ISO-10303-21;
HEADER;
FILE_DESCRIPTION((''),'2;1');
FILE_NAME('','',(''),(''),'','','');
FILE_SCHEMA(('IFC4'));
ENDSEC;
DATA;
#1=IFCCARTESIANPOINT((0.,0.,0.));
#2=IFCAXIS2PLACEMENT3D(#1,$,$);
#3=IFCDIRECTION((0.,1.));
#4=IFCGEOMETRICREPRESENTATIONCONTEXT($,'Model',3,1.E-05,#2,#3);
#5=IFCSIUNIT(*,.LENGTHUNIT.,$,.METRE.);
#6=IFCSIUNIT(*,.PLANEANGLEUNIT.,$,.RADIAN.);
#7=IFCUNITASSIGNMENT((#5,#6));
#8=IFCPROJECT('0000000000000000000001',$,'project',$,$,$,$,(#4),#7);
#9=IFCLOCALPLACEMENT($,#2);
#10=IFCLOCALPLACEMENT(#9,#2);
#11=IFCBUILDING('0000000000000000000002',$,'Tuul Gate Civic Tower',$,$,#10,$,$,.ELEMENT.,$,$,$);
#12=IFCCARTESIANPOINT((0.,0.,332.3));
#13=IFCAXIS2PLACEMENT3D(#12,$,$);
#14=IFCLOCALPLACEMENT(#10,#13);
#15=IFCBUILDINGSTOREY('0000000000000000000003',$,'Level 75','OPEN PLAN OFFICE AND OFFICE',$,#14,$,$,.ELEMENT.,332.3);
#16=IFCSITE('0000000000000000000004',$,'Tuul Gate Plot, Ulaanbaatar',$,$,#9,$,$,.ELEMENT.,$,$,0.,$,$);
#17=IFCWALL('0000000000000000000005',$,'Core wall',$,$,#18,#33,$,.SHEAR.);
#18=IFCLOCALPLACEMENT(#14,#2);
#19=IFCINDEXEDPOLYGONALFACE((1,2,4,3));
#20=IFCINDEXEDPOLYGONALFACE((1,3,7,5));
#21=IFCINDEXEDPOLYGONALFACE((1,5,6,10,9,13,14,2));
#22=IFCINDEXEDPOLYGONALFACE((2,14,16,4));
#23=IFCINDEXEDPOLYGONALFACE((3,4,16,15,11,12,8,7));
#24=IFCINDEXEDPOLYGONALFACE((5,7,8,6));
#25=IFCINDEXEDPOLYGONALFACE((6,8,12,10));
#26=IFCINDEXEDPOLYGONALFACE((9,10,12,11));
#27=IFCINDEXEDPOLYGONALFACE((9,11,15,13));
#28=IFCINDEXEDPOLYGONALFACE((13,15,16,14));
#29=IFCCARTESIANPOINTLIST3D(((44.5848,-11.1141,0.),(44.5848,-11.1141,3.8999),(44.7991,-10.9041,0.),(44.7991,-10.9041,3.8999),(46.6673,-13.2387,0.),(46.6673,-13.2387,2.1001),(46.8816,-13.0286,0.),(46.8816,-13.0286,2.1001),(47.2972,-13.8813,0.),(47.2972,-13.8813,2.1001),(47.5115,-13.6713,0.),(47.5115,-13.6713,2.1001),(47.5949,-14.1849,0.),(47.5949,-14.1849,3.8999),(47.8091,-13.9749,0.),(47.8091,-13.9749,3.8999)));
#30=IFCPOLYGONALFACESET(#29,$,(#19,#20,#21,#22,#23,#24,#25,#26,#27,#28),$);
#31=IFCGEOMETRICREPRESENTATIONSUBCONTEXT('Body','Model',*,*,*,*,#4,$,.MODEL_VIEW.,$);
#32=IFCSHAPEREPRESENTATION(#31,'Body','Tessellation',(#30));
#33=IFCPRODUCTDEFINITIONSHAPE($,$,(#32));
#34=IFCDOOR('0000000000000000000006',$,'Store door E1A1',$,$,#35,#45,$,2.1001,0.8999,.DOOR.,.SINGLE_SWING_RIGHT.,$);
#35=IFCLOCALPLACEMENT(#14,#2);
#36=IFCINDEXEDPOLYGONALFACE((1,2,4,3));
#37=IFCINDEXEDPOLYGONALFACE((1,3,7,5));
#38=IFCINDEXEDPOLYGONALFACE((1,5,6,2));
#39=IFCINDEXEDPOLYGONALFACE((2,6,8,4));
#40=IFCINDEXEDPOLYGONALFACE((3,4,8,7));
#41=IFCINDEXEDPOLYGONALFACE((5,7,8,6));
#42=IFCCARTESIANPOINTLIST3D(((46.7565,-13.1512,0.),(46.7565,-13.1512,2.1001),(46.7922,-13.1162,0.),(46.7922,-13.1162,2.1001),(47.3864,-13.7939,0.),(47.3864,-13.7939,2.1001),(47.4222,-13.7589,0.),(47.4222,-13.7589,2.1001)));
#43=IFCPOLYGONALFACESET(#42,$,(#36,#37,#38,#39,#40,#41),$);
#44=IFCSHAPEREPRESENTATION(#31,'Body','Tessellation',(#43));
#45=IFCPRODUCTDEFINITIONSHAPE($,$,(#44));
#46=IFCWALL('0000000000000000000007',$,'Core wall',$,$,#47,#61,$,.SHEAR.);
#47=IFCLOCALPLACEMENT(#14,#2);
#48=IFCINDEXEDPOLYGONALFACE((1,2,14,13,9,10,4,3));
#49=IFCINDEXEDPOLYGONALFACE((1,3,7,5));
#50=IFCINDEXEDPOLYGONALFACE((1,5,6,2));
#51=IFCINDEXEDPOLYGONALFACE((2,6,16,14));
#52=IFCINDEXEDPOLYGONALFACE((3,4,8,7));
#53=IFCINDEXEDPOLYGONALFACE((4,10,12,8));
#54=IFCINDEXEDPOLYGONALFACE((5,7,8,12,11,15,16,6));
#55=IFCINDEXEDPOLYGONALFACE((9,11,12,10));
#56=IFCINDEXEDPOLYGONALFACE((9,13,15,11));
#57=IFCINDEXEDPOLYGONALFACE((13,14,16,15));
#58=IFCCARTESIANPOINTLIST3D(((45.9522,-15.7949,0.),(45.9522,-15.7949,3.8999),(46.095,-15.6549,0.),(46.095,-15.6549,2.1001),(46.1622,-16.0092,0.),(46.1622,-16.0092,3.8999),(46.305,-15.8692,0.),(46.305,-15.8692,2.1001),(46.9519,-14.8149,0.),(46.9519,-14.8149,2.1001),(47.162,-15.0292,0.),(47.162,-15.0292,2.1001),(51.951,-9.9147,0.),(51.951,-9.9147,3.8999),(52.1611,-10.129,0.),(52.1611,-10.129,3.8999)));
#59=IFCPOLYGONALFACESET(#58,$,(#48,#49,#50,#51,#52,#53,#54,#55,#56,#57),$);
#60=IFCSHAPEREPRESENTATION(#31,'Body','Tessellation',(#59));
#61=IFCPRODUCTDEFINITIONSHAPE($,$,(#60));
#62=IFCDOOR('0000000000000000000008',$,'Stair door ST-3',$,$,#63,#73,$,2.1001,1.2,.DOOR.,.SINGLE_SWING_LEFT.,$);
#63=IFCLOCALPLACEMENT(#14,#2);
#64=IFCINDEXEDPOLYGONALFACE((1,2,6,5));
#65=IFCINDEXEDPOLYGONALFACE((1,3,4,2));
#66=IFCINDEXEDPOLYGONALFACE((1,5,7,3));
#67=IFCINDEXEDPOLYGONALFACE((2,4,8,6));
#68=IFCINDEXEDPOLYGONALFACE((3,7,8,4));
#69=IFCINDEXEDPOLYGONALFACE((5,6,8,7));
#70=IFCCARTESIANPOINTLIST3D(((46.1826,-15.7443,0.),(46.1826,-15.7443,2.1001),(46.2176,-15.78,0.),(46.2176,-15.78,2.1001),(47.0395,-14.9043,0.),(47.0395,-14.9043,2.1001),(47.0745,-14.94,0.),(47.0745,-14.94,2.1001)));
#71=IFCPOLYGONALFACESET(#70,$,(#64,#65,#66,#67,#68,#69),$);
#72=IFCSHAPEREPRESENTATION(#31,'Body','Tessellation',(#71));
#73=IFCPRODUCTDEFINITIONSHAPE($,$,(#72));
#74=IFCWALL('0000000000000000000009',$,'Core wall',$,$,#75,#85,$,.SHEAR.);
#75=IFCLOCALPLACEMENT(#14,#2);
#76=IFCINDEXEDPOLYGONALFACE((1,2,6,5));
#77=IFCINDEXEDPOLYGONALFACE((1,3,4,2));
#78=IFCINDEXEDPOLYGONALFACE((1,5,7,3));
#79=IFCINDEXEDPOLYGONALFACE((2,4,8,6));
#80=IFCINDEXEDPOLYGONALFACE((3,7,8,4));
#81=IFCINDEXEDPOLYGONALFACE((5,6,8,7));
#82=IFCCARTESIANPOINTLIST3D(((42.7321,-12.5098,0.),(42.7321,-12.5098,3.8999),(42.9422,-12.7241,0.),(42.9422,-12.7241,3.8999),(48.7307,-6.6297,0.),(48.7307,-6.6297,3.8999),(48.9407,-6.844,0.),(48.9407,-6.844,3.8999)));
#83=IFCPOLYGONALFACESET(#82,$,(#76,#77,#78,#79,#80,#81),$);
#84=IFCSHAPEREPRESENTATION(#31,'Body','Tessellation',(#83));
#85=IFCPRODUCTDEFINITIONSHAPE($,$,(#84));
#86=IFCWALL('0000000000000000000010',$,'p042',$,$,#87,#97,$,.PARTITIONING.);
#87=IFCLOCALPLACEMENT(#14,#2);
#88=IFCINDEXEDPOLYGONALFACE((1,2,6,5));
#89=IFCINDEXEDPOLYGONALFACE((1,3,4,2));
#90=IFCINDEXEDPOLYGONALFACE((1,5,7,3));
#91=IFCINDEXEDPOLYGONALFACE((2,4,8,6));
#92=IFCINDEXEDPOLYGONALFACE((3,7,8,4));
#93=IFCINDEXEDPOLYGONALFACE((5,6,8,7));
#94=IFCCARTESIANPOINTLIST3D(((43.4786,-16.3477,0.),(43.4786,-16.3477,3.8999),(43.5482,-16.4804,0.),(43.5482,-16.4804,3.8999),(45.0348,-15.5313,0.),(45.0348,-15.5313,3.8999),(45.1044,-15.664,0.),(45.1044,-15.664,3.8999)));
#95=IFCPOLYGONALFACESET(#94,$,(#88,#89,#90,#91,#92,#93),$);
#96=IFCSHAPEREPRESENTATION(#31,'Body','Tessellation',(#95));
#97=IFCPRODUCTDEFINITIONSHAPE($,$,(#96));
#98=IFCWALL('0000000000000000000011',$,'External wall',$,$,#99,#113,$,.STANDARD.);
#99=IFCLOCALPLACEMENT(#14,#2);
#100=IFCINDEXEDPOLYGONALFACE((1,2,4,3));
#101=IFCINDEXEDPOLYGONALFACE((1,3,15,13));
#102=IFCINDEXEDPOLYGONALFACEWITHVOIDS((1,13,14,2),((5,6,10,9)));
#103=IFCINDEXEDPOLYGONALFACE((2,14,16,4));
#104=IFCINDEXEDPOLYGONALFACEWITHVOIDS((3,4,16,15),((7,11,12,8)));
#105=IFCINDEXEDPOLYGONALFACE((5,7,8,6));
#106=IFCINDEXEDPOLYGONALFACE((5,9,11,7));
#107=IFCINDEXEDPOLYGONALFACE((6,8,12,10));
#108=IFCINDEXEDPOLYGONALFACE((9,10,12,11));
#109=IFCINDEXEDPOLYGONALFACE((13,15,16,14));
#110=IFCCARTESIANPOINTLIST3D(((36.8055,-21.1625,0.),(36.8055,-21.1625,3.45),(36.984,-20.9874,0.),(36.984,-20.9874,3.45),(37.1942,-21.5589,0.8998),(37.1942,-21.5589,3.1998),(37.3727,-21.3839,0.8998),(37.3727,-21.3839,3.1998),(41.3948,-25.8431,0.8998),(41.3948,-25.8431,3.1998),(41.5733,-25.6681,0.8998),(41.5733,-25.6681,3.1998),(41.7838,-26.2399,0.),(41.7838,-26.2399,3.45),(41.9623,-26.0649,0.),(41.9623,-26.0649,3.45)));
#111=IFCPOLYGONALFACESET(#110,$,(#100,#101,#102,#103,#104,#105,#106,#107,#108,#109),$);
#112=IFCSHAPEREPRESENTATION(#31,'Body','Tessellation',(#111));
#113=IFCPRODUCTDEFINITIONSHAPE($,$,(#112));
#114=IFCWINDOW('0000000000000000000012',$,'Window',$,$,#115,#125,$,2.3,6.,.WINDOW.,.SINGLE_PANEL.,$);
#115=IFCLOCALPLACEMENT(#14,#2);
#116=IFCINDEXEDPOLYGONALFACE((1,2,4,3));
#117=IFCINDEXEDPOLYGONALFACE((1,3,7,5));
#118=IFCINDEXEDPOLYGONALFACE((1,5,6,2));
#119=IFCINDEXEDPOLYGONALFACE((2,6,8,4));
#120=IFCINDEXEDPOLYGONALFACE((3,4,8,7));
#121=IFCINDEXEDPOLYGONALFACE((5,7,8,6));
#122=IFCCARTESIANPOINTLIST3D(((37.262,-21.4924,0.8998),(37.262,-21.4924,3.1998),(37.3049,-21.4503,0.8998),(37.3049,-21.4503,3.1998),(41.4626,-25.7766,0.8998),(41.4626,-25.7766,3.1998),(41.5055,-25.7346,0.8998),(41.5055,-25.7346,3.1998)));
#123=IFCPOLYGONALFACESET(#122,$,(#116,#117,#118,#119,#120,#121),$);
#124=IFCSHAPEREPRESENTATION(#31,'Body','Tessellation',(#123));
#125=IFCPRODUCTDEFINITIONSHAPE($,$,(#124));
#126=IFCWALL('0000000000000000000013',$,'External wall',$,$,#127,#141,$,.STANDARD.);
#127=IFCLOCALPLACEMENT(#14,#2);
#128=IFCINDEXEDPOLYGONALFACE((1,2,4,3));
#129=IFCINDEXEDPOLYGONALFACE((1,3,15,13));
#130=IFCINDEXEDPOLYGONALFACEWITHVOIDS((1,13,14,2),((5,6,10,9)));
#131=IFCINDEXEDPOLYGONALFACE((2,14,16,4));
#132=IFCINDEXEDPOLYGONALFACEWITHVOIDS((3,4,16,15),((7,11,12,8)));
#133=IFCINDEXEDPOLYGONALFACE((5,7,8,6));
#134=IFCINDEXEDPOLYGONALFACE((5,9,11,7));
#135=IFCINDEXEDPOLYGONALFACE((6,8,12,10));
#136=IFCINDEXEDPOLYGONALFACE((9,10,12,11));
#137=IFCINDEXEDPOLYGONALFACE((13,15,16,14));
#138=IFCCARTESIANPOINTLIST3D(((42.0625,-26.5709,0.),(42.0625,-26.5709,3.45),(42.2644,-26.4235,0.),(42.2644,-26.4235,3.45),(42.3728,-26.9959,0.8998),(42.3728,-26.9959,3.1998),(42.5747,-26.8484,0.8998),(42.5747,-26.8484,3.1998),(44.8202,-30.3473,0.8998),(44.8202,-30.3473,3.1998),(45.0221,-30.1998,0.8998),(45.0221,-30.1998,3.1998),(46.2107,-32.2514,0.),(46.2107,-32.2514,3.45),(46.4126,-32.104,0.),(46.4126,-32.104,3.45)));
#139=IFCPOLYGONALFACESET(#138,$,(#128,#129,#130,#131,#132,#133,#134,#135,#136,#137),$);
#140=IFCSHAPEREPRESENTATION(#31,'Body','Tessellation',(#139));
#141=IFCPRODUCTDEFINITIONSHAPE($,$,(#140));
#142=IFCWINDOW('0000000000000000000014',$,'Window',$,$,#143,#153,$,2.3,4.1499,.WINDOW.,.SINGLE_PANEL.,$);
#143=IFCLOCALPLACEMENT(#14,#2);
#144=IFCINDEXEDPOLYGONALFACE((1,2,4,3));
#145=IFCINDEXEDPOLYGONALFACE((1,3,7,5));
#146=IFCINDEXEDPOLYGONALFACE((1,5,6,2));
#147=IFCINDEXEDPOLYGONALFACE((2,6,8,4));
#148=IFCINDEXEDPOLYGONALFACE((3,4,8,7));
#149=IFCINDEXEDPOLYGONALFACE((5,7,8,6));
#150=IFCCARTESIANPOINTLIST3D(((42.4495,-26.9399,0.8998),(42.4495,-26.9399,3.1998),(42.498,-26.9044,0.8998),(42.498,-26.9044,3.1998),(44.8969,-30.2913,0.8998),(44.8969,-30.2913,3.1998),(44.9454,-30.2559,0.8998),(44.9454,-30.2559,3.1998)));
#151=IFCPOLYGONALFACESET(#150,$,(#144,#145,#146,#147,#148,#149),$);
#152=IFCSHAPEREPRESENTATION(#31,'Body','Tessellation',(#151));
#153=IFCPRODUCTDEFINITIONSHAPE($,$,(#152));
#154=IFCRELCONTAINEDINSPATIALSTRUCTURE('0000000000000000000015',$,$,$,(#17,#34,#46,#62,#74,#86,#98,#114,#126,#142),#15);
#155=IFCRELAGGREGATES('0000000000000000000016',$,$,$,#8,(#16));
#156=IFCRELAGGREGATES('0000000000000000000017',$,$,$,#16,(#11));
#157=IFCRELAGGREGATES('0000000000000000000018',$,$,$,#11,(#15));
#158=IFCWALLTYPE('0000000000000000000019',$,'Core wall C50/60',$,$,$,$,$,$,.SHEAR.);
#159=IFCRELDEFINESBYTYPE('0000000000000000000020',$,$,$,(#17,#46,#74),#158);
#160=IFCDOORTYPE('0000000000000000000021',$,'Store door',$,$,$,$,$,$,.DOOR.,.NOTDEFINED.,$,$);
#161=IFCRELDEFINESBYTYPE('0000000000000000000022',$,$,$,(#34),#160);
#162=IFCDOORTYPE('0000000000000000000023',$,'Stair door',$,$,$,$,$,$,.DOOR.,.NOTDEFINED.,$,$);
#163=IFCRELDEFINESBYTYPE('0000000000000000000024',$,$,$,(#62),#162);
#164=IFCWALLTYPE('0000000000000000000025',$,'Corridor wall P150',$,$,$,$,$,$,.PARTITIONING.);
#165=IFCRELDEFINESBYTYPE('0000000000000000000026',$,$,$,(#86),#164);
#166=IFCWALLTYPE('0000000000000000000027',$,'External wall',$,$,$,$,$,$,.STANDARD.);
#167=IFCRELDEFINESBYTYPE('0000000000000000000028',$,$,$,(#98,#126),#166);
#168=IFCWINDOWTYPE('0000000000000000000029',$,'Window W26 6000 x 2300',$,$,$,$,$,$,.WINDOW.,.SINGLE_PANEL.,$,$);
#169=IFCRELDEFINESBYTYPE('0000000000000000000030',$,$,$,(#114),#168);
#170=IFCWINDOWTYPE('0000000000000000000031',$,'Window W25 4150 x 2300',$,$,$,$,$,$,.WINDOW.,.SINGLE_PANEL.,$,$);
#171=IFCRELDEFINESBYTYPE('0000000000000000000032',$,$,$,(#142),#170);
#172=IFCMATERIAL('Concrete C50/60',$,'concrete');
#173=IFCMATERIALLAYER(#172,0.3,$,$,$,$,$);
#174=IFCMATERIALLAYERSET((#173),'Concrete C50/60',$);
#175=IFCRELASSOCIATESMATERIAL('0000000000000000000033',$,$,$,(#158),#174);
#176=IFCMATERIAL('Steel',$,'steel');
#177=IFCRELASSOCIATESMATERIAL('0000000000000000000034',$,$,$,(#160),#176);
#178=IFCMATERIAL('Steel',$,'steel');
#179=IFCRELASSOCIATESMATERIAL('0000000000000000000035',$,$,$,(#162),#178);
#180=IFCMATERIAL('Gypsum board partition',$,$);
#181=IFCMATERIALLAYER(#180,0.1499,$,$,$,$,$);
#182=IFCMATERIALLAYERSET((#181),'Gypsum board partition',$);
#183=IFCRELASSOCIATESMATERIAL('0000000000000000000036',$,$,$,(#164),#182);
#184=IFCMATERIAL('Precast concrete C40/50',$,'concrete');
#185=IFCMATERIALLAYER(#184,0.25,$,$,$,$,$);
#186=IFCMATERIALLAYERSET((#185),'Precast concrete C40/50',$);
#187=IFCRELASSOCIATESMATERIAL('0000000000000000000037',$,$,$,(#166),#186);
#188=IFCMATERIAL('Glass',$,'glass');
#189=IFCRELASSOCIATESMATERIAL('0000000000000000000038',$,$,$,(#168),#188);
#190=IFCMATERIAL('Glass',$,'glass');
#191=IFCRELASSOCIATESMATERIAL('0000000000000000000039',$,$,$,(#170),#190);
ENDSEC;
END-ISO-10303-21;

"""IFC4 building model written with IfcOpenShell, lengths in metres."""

from ifc_helpers import new_model, si_unit, direction, frame, frame_2d, origin, place, context, subcontext, project, spatial, rectangle, extrude, material, layer, layer_set, type_object, element, fill, save


model = new_model("IFC4")

# Units and contexts
model_context = context("Model", 3, precision=1e-05, world=origin(), true_north=direction((0.0, 1.0)))
body_context = subcontext(model_context, "Body", "Model", "MODEL_VIEW")
ifc_project = project(units=[si_unit("LENGTHUNIT", "METRE"), si_unit("PLANEANGLEUNIT", "RADIAN")], contexts=[model_context])

# Site, building, storey
site_placement = place(None, origin())
site = spatial("IfcSite", under=ifc_project, at=site_placement, Name="Tuul Gate Plot, Ulaanbaatar", CompositionType="ELEMENT", RefElevation=0.0)
building_placement = place(site_placement, origin())
building = spatial("IfcBuilding", under=site, at=building_placement, Name="Tuul Gate Civic Tower", CompositionType="ELEMENT")
storey_placement = place(building_placement, frame((0.0, 0.0, 332.3)))
storey = spatial("IfcBuildingStorey", under=building, at=storey_placement, Name="Level 75", Description="OPEN PLAN OFFICE AND OFFICE", CompositionType="ELEMENT", Elevation=332.3)

# Walls, openings, doors
ifc_material_1 = material(Name="Concrete C50/60", Category="concrete")
ifc_layer_1 = layer(ifc_material_1, 0.3)
ifc_layer_set_1 = layer_set([ifc_layer_1], Name="Concrete C50/60")
wall_type_1 = type_object("IfcWallType", Name="Core wall C50/60", PredefinedType="SHEAR", material=ifc_layer_set_1)
wall_1_placement = place(storey_placement, frame((47.7019, -14.0798, 0.0), z_axis=(0.0, 0.0, 1.0), x_axis=(-0.700003, 0.71414, 0.0)))
wall_1 = element("IfcWall", 1, at=wall_1_placement, inside=storey, type_object=wall_type_1, Name="Core wall", PredefinedType="SHEAR", context=body_context, shape_type="SweptSolid", body=[
    extrude(rectangle(XDim=4.3, YDim=0.3, at=frame_2d((2.1499, 0.0))), origin(), (0.0, 0.0, 1.0), 3.8999),
])
opening_1_placement = place(wall_1_placement, frame((0.425, 0.0, 0.0)))
opening_1 = element("IfcOpeningElement", 2, at=opening_1_placement, cuts=wall_1, PredefinedType="OPENING", context=body_context, shape_type="SweptSolid", body=[
    extrude(rectangle(XDim=0.8999, YDim=2.1001, at=frame_2d((0.45, 1.05))), frame((0.0, 0.1602, 0.0), z_axis=(0.0, -1.0, 0.0), x_axis=(1.0, 0.0, 0.0)), (0.0, 0.0, 1.0), 0.3201),
])
ifc_material_2 = material(Name="Steel", Category="steel")
door_type_1 = type_object("IfcDoorType", Name="Store door", OperationType="NOTDEFINED", PredefinedType="DOOR", material=ifc_material_2)
door_1_placement = place(opening_1_placement, frame((0.8999, 0.0, 0.0), z_axis=(0.0, 0.0, 1.0), x_axis=(-1.0, 0.0, 0.0)))
door_1 = element("IfcDoor", 3, at=door_1_placement, inside=storey, type_object=door_type_1, Name="Store door E1A1", OperationType="SINGLE_SWING_RIGHT", OverallHeight=2.1001, OverallWidth=0.8999, PredefinedType="DOOR", context=body_context, shape_type="SweptSolid", body=[
    extrude(rectangle(XDim=0.8999, YDim=2.1001, at=frame_2d((0.45, 1.05))), frame((0.0, 0.0249, 0.0), z_axis=(0.0, -1.0, 0.0), x_axis=(1.0, 0.0, 0.0)), (0.0, 0.0, 1.0), 0.05),
])
fill(opening_1, door_1)
wall_2_placement = place(storey_placement, frame((46.0571, -15.9021, 0.0), z_axis=(0.0, 0.0, 1.0), x_axis=(0.714134, 0.700009, 0.0)))
wall_2 = element("IfcWall", 4, at=wall_2_placement, inside=storey, type_object=wall_type_1, Name="Core wall", PredefinedType="SHEAR", context=body_context, shape_type="SweptSolid", body=[
    extrude(rectangle(XDim=8.4001, YDim=0.3, at=frame_2d((4.2002, 0.0))), origin(), (0.0, 0.0, 1.0), 3.8999),
])
opening_2_placement = place(wall_2_placement, frame((0.2, 0.0, 0.0)))
opening_2 = element("IfcOpeningElement", 5, at=opening_2_placement, cuts=wall_2, PredefinedType="OPENING", context=body_context, shape_type="SweptSolid", body=[
    extrude(rectangle(XDim=1.2, YDim=2.1001, at=frame_2d((0.6001, 1.05))), frame((0.0, 0.1602, 0.0), z_axis=(0.0, -1.0, 0.0), x_axis=(1.0, 0.0, 0.0)), (0.0, 0.0, 1.0), 0.3201),
])
ifc_material_3 = material(Name="Steel", Category="steel")
door_type_2 = type_object("IfcDoorType", Name="Stair door", OperationType="NOTDEFINED", PredefinedType="DOOR", material=ifc_material_3)
door_2_placement = place(opening_2_placement, origin())
door_2 = element("IfcDoor", 6, at=door_2_placement, inside=storey, type_object=door_type_2, Name="Stair door ST-3", OperationType="SINGLE_SWING_LEFT", OverallHeight=2.1001, OverallWidth=1.2, PredefinedType="DOOR", context=body_context, shape_type="SweptSolid", body=[
    extrude(rectangle(XDim=1.2, YDim=2.1001, at=frame_2d((0.6001, 1.05))), frame((0.0, 0.0249, 0.0), z_axis=(0.0, -1.0, 0.0), x_axis=(1.0, 0.0, 0.0)), (0.0, 0.0, 1.0), 0.05),
])
fill(opening_2, door_2)

# Walls
wall_3_placement = place(storey_placement, frame((42.8372, -12.6169, 0.0), z_axis=(0.0, 0.0, 1.0), x_axis=(0.71412, 0.700023, 0.0)))
element("IfcWall", 7, at=wall_3_placement, inside=storey, type_object=wall_type_1, Name="Core wall", PredefinedType="SHEAR", context=body_context, shape_type="SweptSolid", body=[
    extrude(rectangle(XDim=8.3999, YDim=0.3, at=frame_2d((4.2, 0.0))), origin(), (0.0, 0.0, 1.0), 3.8999),
])
ifc_material_4 = material(Name="Gypsum board partition")
ifc_layer_2 = layer(ifc_material_4, 0.1499)
ifc_layer_set_2 = layer_set([ifc_layer_2], Name="Gypsum board partition")
wall_type_2 = type_object("IfcWallType", Name="Corridor wall P150", PredefinedType="PARTITIONING", material=ifc_layer_set_2)
wall_4_placement = place(storey_placement, frame((43.5134, -16.4141, 0.0), z_axis=(0.0, 0.0, 1.0), x_axis=(0.885532, 0.464578, 0.0)))
element("IfcWall", 8, at=wall_4_placement, inside=storey, type_object=wall_type_2, Name="p042", PredefinedType="PARTITIONING", context=body_context, shape_type="SweptSolid", body=[
    extrude(rectangle(XDim=1.7573, YDim=0.1499, at=frame_2d((0.8787, 0.0))), origin(), (0.0, 0.0, 1.0), 3.8999),
])

# Walls, openings, windows
ifc_material_5 = material(Name="Precast concrete C40/50", Category="concrete")
ifc_layer_3 = layer(ifc_material_5, 0.25)
ifc_layer_set_3 = layer_set([ifc_layer_3], Name="Precast concrete C40/50")
wall_type_3 = type_object("IfcWallType", Name="External wall", PredefinedType="STANDARD", material=ifc_layer_set_3)
wall_5_placement = place(storey_placement, frame((36.8948, -21.075, 0.0), z_axis=(0.0, 0.0, 1.0), x_axis=(0.700103, -0.714042, 0.0)))
wall_5 = element("IfcWall", 9, at=wall_5_placement, inside=storey, type_object=wall_type_3, Name="External wall", PredefinedType="STANDARD", context=body_context, shape_type="SweptSolid", body=[
    extrude(rectangle(XDim=7.1108, YDim=0.25, at=frame_2d((3.5554, 0.0))), origin(), (0.0, 0.0, 1.0), 3.45),
])
opening_3_placement = place(wall_5_placement, frame((0.5552, 0.0, 0.8999)))
opening_3 = element("IfcOpeningElement", 10, at=opening_3_placement, cuts=wall_5, PredefinedType="OPENING", context=body_context, shape_type="SweptSolid", body=[
    extrude(rectangle(XDim=6.0, YDim=2.3, at=frame_2d((3.0, 1.1499))), frame((0.0, 0.135, 0.0), z_axis=(0.0, -1.0, 0.0), x_axis=(1.0, 0.0, 0.0)), (0.0, 0.0, 1.0), 0.27),
])
ifc_material_6 = material(Name="Glass", Category="glass")
window_type_1 = type_object("IfcWindowType", Name="Window W26 6000 x 2300", PartitioningType="SINGLE_PANEL", PredefinedType="WINDOW", material=ifc_material_6)
window_1_placement = place(opening_3_placement, origin())
window_1 = element("IfcWindow", 11, at=window_1_placement, inside=storey, type_object=window_type_1, Name="Window", OverallHeight=2.3, OverallWidth=6.0, PartitioningType="SINGLE_PANEL", PredefinedType="WINDOW", context=body_context, shape_type="SweptSolid", body=[
    extrude(rectangle(XDim=6.0, YDim=2.3, at=frame_2d((3.0, 1.1499))), frame((0.0, 0.03, 0.0), z_axis=(0.0, -1.0, 0.0), x_axis=(1.0, 0.0, 0.0)), (0.0, 0.0, 1.0), 0.0601),
])
fill(opening_3, window_1)
wall_6_placement = place(storey_placement, frame((42.1633, -26.4971, 0.0), z_axis=(0.0, 0.0, 1.0), x_axis=(0.589749, -0.807586, 0.0)))
wall_6 = element("IfcWall", 12, at=wall_6_placement, inside=storey, type_object=wall_type_3, Name="External wall", PredefinedType="STANDARD", context=body_context, shape_type="SweptSolid", body=[
    extrude(rectangle(XDim=7.0339, YDim=0.25, at=frame_2d((3.5171, 0.0))), origin(), (0.0, 0.0, 1.0), 3.45),
])
opening_4_placement = place(wall_6_placement, frame((0.5264, 0.0, 0.8999)))
opening_4 = element("IfcOpeningElement", 13, at=opening_4_placement, cuts=wall_6, PredefinedType="OPENING", context=body_context, shape_type="SweptSolid", body=[
    extrude(rectangle(XDim=4.1499, YDim=2.3, at=frame_2d((2.075, 1.1499))), frame((0.0, 0.135, 0.0), z_axis=(0.0, -1.0, 0.0), x_axis=(1.0, 0.0, 0.0)), (0.0, 0.0, 1.0), 0.27),
])
ifc_material_7 = material(Name="Glass", Category="glass")
window_type_2 = type_object("IfcWindowType", Name="Window W25 4150 x 2300", PartitioningType="SINGLE_PANEL", PredefinedType="WINDOW", material=ifc_material_7)
window_2_placement = place(opening_4_placement, origin())
window_2 = element("IfcWindow", 14, at=window_2_placement, inside=storey, type_object=window_type_2, Name="Window", OverallHeight=2.3, OverallWidth=4.1499, PartitioningType="SINGLE_PANEL", PredefinedType="WINDOW", context=body_context, shape_type="SweptSolid", body=[
    extrude(rectangle(XDim=4.1499, YDim=2.3, at=frame_2d((2.075, 1.1499))), frame((0.0, 0.03, 0.0), z_axis=(0.0, -1.0, 0.0), x_axis=(1.0, 0.0, 0.0)), (0.0, 0.0, 1.0), 0.0601),
])
fill(opening_4, window_2)

save(model, "model.ifc")
